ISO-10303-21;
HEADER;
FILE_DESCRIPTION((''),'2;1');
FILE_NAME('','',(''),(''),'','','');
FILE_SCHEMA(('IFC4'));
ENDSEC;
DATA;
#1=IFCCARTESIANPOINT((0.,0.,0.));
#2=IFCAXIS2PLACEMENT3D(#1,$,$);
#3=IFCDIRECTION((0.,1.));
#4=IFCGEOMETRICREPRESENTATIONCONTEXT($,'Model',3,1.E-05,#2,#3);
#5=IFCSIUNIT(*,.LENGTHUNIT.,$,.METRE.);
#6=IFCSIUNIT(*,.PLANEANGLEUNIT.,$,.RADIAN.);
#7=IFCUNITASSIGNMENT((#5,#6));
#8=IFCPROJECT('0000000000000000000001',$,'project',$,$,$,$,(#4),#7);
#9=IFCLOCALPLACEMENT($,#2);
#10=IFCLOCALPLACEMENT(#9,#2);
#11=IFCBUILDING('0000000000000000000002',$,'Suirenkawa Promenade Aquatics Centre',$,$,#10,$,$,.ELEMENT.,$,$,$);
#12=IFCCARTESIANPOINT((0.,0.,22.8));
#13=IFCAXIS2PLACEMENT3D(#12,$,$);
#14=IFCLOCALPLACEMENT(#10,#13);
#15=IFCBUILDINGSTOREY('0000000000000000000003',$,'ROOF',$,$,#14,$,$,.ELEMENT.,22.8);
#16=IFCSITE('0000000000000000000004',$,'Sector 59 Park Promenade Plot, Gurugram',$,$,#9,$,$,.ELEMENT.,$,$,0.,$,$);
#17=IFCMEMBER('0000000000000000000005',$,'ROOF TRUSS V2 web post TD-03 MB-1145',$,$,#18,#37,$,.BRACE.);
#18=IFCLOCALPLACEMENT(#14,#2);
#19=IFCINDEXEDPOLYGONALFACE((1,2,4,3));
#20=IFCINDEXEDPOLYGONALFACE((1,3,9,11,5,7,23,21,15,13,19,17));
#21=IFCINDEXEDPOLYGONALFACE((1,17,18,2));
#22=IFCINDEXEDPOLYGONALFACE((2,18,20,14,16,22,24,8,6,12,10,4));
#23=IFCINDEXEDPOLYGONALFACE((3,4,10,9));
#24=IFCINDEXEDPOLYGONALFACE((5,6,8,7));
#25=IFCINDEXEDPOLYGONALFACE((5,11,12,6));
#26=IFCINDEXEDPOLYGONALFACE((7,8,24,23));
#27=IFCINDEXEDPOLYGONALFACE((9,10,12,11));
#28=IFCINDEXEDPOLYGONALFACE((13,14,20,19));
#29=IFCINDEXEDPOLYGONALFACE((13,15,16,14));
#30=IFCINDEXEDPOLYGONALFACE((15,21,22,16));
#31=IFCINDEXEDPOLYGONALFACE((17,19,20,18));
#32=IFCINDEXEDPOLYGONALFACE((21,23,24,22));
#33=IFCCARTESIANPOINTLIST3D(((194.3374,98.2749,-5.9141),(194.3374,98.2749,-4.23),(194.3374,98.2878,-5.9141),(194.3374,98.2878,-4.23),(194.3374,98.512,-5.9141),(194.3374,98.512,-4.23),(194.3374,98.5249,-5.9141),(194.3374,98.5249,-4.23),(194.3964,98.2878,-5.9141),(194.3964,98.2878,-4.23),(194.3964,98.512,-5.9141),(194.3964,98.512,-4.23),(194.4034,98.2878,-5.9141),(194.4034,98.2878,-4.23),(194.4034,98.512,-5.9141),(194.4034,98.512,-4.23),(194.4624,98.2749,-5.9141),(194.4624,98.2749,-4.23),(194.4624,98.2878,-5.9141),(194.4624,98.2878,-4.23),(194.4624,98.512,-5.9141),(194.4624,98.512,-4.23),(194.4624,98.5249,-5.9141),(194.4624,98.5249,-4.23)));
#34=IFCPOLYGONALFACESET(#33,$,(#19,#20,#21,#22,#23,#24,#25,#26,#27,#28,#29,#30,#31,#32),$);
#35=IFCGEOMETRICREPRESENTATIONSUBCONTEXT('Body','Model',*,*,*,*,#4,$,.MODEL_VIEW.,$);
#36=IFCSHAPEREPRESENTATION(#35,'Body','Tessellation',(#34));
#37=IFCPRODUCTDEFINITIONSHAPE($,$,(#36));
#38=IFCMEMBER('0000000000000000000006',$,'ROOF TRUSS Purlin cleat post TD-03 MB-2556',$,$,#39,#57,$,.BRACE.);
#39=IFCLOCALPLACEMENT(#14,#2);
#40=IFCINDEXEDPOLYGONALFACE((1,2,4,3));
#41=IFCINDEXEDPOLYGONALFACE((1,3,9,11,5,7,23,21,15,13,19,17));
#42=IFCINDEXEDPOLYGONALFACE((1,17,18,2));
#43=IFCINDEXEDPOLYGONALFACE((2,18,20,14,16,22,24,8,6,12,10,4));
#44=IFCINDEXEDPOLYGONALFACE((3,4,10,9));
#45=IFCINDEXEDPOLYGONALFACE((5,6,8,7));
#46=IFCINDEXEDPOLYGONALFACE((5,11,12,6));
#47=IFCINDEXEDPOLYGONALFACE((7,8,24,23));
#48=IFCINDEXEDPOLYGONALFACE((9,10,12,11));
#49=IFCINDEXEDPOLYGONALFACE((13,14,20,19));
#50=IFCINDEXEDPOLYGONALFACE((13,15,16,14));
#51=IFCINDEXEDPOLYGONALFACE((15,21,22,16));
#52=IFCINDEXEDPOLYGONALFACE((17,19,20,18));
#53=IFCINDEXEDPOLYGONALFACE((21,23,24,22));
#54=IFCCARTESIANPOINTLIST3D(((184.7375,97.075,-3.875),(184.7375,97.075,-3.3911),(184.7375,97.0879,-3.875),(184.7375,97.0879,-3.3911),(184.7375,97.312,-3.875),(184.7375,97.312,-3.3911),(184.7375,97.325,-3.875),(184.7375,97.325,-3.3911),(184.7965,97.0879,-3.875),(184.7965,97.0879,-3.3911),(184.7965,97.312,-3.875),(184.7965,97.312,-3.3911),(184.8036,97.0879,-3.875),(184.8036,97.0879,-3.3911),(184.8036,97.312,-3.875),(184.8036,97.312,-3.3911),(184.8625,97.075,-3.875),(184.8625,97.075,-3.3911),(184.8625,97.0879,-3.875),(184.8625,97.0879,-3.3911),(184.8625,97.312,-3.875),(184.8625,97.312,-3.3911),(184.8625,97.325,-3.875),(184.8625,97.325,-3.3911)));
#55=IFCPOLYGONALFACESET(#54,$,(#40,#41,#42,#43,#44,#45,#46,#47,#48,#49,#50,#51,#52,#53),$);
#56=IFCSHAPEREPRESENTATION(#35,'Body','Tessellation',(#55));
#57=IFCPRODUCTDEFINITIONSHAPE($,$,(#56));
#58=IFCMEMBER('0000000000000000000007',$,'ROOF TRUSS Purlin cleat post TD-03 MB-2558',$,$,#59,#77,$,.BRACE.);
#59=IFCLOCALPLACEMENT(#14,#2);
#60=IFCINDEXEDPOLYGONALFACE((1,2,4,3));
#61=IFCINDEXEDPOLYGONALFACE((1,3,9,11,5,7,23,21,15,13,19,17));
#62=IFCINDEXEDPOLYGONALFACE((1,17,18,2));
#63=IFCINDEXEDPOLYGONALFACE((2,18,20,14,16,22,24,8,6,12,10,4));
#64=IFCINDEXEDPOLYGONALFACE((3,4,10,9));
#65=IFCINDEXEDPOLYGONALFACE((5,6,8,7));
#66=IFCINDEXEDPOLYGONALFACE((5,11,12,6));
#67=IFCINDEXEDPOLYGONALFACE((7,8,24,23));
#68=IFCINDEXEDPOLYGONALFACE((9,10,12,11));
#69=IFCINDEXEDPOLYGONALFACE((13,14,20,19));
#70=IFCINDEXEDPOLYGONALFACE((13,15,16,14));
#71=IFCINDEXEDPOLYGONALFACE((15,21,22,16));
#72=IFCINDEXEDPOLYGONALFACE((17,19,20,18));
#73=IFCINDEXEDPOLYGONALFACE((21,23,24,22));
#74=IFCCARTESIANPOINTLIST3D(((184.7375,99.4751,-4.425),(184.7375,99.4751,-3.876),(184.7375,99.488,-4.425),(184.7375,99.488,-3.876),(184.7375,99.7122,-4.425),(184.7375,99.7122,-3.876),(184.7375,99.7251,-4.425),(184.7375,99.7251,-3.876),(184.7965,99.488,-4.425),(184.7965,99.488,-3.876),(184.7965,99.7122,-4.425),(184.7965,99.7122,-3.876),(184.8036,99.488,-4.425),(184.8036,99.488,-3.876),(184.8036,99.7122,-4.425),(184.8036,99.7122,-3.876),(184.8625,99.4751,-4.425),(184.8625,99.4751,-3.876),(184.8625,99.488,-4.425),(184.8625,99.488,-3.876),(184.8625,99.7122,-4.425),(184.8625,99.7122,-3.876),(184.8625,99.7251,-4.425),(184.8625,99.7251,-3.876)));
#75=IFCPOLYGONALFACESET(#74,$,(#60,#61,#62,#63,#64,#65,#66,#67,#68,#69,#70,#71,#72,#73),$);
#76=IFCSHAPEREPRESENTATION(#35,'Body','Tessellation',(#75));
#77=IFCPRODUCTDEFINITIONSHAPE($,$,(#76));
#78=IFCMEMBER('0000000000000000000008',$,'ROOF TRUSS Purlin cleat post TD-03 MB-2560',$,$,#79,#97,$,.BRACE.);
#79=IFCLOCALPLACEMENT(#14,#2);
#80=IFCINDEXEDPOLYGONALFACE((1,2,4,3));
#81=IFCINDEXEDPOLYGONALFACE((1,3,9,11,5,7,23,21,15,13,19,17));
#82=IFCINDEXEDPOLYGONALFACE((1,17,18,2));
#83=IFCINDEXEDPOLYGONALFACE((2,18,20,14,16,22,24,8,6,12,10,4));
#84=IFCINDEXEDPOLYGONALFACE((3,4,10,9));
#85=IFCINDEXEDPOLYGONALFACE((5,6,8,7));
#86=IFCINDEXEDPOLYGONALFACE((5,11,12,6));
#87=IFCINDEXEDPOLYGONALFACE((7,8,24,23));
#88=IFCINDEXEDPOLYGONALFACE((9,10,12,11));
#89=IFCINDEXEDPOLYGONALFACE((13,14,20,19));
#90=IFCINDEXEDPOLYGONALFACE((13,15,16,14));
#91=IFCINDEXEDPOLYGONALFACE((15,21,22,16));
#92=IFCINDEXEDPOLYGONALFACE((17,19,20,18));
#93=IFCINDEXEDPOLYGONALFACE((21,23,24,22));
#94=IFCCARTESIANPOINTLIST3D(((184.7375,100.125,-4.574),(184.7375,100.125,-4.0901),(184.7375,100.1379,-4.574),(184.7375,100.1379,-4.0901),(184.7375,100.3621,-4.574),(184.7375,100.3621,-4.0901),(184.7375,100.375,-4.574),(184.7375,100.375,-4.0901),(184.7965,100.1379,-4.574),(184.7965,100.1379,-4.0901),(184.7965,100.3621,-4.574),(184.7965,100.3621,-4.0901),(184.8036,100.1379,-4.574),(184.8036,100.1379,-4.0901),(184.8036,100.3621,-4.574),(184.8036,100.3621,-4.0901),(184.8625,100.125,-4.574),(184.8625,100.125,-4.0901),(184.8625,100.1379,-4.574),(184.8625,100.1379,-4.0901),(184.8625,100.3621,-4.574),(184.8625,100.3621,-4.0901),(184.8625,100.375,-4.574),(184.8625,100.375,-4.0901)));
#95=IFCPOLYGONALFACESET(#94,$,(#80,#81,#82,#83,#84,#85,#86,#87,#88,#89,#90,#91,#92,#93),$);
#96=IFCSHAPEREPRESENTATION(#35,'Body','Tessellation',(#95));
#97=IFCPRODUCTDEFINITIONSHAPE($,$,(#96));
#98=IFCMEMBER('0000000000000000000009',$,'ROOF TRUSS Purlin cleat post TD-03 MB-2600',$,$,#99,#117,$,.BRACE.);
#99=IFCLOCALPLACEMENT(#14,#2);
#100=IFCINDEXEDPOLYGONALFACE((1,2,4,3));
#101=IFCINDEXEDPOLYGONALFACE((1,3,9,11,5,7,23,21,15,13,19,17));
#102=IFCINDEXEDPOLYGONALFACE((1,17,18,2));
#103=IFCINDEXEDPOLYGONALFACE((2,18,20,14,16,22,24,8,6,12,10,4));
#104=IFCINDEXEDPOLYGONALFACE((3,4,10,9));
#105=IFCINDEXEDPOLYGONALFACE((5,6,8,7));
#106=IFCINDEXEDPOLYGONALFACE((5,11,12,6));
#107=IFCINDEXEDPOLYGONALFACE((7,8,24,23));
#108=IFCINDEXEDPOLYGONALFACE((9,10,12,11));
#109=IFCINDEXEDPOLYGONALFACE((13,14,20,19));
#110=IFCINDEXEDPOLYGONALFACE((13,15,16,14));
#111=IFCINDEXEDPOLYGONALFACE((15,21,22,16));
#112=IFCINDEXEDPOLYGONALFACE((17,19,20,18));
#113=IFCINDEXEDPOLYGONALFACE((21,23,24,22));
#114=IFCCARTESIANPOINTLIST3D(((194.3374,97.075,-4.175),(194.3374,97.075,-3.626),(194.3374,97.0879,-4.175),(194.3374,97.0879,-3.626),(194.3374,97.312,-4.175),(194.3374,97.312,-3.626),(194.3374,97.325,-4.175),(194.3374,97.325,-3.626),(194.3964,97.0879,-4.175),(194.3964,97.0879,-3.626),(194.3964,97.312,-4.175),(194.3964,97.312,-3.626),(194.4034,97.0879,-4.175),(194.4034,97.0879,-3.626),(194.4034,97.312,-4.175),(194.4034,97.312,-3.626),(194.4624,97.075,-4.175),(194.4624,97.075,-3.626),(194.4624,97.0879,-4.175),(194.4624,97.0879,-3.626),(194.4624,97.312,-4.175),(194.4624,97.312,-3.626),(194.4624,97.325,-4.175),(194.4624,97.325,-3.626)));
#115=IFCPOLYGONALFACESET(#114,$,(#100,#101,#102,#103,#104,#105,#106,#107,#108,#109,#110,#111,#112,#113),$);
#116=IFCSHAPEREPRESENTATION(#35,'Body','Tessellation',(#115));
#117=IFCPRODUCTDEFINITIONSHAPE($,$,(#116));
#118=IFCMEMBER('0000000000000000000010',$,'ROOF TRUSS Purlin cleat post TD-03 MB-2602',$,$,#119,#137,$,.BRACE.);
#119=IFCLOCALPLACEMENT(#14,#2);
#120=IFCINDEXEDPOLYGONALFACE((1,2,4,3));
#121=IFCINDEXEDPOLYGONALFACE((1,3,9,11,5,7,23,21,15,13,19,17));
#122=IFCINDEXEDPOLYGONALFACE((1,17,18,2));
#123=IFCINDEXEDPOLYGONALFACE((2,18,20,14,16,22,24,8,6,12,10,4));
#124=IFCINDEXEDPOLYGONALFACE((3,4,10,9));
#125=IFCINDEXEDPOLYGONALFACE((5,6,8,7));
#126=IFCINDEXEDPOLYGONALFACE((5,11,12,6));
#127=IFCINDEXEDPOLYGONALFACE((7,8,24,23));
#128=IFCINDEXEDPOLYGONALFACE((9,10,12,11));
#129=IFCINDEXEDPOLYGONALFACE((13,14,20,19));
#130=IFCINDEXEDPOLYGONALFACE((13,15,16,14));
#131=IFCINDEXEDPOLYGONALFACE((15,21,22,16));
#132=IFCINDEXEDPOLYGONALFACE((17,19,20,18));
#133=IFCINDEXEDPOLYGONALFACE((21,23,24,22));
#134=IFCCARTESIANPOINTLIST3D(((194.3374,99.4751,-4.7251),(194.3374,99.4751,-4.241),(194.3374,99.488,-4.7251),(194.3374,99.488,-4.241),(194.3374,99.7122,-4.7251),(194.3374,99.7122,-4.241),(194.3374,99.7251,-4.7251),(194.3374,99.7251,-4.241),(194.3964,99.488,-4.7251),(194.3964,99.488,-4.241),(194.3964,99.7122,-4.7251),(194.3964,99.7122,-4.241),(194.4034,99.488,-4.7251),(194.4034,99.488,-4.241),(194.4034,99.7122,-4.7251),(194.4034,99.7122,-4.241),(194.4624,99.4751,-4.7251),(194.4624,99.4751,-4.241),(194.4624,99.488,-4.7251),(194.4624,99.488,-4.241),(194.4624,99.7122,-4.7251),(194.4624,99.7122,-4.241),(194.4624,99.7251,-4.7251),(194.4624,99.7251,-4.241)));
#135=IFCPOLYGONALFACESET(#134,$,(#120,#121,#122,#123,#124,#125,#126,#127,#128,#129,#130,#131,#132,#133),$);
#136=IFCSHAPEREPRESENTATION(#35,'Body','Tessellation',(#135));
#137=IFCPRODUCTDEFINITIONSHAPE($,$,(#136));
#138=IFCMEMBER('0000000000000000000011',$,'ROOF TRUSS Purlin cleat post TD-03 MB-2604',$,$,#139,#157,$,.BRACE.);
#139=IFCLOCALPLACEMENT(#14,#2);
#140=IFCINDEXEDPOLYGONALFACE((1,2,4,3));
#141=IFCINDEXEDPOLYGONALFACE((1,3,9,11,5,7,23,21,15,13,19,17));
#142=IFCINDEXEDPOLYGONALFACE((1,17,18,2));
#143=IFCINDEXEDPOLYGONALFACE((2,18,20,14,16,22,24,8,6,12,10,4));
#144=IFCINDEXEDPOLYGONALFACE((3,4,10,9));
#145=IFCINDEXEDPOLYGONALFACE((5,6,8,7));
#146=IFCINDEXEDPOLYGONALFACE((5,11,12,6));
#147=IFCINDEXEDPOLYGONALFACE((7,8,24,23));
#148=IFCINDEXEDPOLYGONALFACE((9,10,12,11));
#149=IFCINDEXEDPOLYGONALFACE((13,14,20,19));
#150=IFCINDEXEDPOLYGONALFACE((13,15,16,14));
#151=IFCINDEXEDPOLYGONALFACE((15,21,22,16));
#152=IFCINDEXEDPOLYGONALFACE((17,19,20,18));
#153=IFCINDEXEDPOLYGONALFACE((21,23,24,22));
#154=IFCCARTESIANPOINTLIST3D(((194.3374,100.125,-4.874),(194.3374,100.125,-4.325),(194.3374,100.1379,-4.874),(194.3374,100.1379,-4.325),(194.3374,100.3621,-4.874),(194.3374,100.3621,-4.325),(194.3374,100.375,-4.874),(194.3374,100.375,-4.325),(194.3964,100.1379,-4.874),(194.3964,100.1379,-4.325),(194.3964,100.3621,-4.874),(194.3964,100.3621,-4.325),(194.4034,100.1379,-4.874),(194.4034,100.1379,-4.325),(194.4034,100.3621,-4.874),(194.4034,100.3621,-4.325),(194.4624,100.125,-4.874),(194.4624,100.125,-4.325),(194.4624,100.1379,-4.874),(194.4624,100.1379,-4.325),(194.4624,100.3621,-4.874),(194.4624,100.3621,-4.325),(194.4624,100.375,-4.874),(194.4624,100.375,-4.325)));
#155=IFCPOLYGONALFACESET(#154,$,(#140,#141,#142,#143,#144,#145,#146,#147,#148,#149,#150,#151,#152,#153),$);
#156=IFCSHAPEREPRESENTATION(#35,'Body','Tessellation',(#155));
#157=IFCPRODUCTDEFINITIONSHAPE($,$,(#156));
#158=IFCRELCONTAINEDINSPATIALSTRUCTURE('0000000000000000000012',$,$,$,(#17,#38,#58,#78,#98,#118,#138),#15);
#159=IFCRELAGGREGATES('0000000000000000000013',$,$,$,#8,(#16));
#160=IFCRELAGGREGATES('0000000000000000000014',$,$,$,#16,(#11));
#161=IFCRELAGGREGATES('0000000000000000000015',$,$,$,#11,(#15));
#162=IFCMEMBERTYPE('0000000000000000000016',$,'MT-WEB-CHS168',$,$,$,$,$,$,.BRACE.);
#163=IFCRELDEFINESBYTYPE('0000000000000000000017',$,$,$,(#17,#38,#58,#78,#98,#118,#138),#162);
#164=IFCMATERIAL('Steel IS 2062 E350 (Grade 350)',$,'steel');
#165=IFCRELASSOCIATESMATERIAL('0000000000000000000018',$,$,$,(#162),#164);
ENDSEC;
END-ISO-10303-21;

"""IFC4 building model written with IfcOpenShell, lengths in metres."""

from ifc_helpers import new_model, si_unit, direction, frame, origin, origin_2d, place, context, subcontext, project, spatial, i_section, extrude, material, material_profile, profile_set, type_object, element, save


model = new_model("IFC4")

# Units and contexts
model_context = context("Model", 3, precision=1e-05, world=origin(), true_north=direction((0.0, 1.0)))
body_context = subcontext(model_context, "Body", "Model", "MODEL_VIEW")
ifc_project = project(units=[si_unit("LENGTHUNIT", "METRE"), si_unit("PLANEANGLEUNIT", "RADIAN")], contexts=[model_context])

# Site, building, storey
site_placement = place(None, origin())
site = spatial("IfcSite", under=ifc_project, at=site_placement, Name="Sector 59 Park Promenade Plot, Gurugram", CompositionType="ELEMENT", RefElevation=0.0)
building_placement = place(site_placement, origin())
building = spatial("IfcBuilding", under=site, at=building_placement, Name="Suirenkawa Promenade Aquatics Centre", CompositionType="ELEMENT")
storey_placement = place(building_placement, frame((0.0, 0.0, 22.8)))
storey = spatial("IfcBuildingStorey", under=building, at=storey_placement, Name="ROOF", CompositionType="ELEMENT", Elevation=22.8)

# Shared definitions
ifc_material = material(Name="Steel IS 2062 E350 (Grade 350)", Category="steel")

# Members
ifc_material_profile_1 = material_profile(ifc_material, i_section(OverallWidth=0.125, OverallDepth=0.25, WebThickness=0.0071, FlangeThickness=0.0129, at=origin_2d()), Name="ISMB 250", Category="steel")
ifc_profile_set_1 = profile_set([ifc_material_profile_1], Name="Steel IS 2062 E350 (Grade 350)")
member_type_1 = type_object("IfcMemberType", Name="MT-WEB-CHS168", PredefinedType="BRACE", material=ifc_profile_set_1)
member_1_placement = place(storey_placement, frame((194.3999, 98.3999, -5.9141), z_axis=(0.0, 0.0, 1.0), x_axis=(1.0, 0.0, 0.0)))
element("IfcMember", 1, at=member_1_placement, inside=storey, type_object=member_type_1, Name="ROOF TRUSS V2 web post TD-03 MB-1145", PredefinedType="BRACE", context=body_context, shape_type="SweptSolid", body=[
    extrude(i_section(OverallWidth=0.125, OverallDepth=0.25, WebThickness=0.0071, FlangeThickness=0.0129, at=origin_2d()), origin(), (0.0, 0.0, 1.0), 1.6841),
])
member_2_placement = place(storey_placement, frame((184.8, 97.2, -3.875), z_axis=(0.0, 0.0, 1.0), x_axis=(1.0, 0.0, 0.0)))
element("IfcMember", 2, at=member_2_placement, inside=storey, type_object=member_type_1, Name="ROOF TRUSS Purlin cleat post TD-03 MB-2556", PredefinedType="BRACE", context=body_context, shape_type="SweptSolid", body=[
    extrude(i_section(OverallWidth=0.125, OverallDepth=0.25, WebThickness=0.0071, FlangeThickness=0.0129, at=origin_2d()), origin(), (0.0, 0.0, 1.0), 0.4839),
])
member_3_placement = place(storey_placement, frame((184.8, 99.6001, -4.425), z_axis=(0.0, 0.0, 1.0), x_axis=(1.0, 0.0, 0.0)))
element("IfcMember", 3, at=member_3_placement, inside=storey, type_object=member_type_1, Name="ROOF TRUSS Purlin cleat post TD-03 MB-2558", PredefinedType="BRACE", context=body_context, shape_type="SweptSolid", body=[
    extrude(i_section(OverallWidth=0.125, OverallDepth=0.25, WebThickness=0.0071, FlangeThickness=0.0129, at=origin_2d()), origin(), (0.0, 0.0, 1.0), 0.5491),
])
member_4_placement = place(storey_placement, frame((184.8, 100.25, -4.574), z_axis=(0.0, 0.0, 1.0), x_axis=(1.0, 0.0, 0.0)))
element("IfcMember", 4, at=member_4_placement, inside=storey, type_object=member_type_1, Name="ROOF TRUSS Purlin cleat post TD-03 MB-2560", PredefinedType="BRACE", context=body_context, shape_type="SweptSolid", body=[
    extrude(i_section(OverallWidth=0.125, OverallDepth=0.25, WebThickness=0.0071, FlangeThickness=0.0129, at=origin_2d()), origin(), (0.0, 0.0, 1.0), 0.4839),
])
member_5_placement = place(storey_placement, frame((194.3999, 97.2, -4.175), z_axis=(0.0, 0.0, 1.0), x_axis=(1.0, 0.0, 0.0)))
element("IfcMember", 5, at=member_5_placement, inside=storey, type_object=member_type_1, Name="ROOF TRUSS Purlin cleat post TD-03 MB-2600", PredefinedType="BRACE", context=body_context, shape_type="SweptSolid", body=[
    extrude(i_section(OverallWidth=0.125, OverallDepth=0.25, WebThickness=0.0071, FlangeThickness=0.0129, at=origin_2d()), origin(), (0.0, 0.0, 1.0), 0.5491),
])
member_6_placement = place(storey_placement, frame((194.3999, 99.6001, -4.7251), z_axis=(0.0, 0.0, 1.0), x_axis=(1.0, 0.0, 0.0)))
element("IfcMember", 6, at=member_6_placement, inside=storey, type_object=member_type_1, Name="ROOF TRUSS Purlin cleat post TD-03 MB-2602", PredefinedType="BRACE", context=body_context, shape_type="SweptSolid", body=[
    extrude(i_section(OverallWidth=0.125, OverallDepth=0.25, WebThickness=0.0071, FlangeThickness=0.0129, at=origin_2d()), origin(), (0.0, 0.0, 1.0), 0.4841),
])
member_7_placement = place(storey_placement, frame((194.3999, 100.25, -4.874), z_axis=(0.0, 0.0, 1.0), x_axis=(1.0, 0.0, 0.0)))
element("IfcMember", 7, at=member_7_placement, inside=storey, type_object=member_type_1, Name="ROOF TRUSS Purlin cleat post TD-03 MB-2604", PredefinedType="BRACE", context=body_context, shape_type="SweptSolid", body=[
    extrude(i_section(OverallWidth=0.125, OverallDepth=0.25, WebThickness=0.0071, FlangeThickness=0.0129, at=origin_2d()), origin(), (0.0, 0.0, 1.0), 0.5491),
])

save(model, "model.ifc")
